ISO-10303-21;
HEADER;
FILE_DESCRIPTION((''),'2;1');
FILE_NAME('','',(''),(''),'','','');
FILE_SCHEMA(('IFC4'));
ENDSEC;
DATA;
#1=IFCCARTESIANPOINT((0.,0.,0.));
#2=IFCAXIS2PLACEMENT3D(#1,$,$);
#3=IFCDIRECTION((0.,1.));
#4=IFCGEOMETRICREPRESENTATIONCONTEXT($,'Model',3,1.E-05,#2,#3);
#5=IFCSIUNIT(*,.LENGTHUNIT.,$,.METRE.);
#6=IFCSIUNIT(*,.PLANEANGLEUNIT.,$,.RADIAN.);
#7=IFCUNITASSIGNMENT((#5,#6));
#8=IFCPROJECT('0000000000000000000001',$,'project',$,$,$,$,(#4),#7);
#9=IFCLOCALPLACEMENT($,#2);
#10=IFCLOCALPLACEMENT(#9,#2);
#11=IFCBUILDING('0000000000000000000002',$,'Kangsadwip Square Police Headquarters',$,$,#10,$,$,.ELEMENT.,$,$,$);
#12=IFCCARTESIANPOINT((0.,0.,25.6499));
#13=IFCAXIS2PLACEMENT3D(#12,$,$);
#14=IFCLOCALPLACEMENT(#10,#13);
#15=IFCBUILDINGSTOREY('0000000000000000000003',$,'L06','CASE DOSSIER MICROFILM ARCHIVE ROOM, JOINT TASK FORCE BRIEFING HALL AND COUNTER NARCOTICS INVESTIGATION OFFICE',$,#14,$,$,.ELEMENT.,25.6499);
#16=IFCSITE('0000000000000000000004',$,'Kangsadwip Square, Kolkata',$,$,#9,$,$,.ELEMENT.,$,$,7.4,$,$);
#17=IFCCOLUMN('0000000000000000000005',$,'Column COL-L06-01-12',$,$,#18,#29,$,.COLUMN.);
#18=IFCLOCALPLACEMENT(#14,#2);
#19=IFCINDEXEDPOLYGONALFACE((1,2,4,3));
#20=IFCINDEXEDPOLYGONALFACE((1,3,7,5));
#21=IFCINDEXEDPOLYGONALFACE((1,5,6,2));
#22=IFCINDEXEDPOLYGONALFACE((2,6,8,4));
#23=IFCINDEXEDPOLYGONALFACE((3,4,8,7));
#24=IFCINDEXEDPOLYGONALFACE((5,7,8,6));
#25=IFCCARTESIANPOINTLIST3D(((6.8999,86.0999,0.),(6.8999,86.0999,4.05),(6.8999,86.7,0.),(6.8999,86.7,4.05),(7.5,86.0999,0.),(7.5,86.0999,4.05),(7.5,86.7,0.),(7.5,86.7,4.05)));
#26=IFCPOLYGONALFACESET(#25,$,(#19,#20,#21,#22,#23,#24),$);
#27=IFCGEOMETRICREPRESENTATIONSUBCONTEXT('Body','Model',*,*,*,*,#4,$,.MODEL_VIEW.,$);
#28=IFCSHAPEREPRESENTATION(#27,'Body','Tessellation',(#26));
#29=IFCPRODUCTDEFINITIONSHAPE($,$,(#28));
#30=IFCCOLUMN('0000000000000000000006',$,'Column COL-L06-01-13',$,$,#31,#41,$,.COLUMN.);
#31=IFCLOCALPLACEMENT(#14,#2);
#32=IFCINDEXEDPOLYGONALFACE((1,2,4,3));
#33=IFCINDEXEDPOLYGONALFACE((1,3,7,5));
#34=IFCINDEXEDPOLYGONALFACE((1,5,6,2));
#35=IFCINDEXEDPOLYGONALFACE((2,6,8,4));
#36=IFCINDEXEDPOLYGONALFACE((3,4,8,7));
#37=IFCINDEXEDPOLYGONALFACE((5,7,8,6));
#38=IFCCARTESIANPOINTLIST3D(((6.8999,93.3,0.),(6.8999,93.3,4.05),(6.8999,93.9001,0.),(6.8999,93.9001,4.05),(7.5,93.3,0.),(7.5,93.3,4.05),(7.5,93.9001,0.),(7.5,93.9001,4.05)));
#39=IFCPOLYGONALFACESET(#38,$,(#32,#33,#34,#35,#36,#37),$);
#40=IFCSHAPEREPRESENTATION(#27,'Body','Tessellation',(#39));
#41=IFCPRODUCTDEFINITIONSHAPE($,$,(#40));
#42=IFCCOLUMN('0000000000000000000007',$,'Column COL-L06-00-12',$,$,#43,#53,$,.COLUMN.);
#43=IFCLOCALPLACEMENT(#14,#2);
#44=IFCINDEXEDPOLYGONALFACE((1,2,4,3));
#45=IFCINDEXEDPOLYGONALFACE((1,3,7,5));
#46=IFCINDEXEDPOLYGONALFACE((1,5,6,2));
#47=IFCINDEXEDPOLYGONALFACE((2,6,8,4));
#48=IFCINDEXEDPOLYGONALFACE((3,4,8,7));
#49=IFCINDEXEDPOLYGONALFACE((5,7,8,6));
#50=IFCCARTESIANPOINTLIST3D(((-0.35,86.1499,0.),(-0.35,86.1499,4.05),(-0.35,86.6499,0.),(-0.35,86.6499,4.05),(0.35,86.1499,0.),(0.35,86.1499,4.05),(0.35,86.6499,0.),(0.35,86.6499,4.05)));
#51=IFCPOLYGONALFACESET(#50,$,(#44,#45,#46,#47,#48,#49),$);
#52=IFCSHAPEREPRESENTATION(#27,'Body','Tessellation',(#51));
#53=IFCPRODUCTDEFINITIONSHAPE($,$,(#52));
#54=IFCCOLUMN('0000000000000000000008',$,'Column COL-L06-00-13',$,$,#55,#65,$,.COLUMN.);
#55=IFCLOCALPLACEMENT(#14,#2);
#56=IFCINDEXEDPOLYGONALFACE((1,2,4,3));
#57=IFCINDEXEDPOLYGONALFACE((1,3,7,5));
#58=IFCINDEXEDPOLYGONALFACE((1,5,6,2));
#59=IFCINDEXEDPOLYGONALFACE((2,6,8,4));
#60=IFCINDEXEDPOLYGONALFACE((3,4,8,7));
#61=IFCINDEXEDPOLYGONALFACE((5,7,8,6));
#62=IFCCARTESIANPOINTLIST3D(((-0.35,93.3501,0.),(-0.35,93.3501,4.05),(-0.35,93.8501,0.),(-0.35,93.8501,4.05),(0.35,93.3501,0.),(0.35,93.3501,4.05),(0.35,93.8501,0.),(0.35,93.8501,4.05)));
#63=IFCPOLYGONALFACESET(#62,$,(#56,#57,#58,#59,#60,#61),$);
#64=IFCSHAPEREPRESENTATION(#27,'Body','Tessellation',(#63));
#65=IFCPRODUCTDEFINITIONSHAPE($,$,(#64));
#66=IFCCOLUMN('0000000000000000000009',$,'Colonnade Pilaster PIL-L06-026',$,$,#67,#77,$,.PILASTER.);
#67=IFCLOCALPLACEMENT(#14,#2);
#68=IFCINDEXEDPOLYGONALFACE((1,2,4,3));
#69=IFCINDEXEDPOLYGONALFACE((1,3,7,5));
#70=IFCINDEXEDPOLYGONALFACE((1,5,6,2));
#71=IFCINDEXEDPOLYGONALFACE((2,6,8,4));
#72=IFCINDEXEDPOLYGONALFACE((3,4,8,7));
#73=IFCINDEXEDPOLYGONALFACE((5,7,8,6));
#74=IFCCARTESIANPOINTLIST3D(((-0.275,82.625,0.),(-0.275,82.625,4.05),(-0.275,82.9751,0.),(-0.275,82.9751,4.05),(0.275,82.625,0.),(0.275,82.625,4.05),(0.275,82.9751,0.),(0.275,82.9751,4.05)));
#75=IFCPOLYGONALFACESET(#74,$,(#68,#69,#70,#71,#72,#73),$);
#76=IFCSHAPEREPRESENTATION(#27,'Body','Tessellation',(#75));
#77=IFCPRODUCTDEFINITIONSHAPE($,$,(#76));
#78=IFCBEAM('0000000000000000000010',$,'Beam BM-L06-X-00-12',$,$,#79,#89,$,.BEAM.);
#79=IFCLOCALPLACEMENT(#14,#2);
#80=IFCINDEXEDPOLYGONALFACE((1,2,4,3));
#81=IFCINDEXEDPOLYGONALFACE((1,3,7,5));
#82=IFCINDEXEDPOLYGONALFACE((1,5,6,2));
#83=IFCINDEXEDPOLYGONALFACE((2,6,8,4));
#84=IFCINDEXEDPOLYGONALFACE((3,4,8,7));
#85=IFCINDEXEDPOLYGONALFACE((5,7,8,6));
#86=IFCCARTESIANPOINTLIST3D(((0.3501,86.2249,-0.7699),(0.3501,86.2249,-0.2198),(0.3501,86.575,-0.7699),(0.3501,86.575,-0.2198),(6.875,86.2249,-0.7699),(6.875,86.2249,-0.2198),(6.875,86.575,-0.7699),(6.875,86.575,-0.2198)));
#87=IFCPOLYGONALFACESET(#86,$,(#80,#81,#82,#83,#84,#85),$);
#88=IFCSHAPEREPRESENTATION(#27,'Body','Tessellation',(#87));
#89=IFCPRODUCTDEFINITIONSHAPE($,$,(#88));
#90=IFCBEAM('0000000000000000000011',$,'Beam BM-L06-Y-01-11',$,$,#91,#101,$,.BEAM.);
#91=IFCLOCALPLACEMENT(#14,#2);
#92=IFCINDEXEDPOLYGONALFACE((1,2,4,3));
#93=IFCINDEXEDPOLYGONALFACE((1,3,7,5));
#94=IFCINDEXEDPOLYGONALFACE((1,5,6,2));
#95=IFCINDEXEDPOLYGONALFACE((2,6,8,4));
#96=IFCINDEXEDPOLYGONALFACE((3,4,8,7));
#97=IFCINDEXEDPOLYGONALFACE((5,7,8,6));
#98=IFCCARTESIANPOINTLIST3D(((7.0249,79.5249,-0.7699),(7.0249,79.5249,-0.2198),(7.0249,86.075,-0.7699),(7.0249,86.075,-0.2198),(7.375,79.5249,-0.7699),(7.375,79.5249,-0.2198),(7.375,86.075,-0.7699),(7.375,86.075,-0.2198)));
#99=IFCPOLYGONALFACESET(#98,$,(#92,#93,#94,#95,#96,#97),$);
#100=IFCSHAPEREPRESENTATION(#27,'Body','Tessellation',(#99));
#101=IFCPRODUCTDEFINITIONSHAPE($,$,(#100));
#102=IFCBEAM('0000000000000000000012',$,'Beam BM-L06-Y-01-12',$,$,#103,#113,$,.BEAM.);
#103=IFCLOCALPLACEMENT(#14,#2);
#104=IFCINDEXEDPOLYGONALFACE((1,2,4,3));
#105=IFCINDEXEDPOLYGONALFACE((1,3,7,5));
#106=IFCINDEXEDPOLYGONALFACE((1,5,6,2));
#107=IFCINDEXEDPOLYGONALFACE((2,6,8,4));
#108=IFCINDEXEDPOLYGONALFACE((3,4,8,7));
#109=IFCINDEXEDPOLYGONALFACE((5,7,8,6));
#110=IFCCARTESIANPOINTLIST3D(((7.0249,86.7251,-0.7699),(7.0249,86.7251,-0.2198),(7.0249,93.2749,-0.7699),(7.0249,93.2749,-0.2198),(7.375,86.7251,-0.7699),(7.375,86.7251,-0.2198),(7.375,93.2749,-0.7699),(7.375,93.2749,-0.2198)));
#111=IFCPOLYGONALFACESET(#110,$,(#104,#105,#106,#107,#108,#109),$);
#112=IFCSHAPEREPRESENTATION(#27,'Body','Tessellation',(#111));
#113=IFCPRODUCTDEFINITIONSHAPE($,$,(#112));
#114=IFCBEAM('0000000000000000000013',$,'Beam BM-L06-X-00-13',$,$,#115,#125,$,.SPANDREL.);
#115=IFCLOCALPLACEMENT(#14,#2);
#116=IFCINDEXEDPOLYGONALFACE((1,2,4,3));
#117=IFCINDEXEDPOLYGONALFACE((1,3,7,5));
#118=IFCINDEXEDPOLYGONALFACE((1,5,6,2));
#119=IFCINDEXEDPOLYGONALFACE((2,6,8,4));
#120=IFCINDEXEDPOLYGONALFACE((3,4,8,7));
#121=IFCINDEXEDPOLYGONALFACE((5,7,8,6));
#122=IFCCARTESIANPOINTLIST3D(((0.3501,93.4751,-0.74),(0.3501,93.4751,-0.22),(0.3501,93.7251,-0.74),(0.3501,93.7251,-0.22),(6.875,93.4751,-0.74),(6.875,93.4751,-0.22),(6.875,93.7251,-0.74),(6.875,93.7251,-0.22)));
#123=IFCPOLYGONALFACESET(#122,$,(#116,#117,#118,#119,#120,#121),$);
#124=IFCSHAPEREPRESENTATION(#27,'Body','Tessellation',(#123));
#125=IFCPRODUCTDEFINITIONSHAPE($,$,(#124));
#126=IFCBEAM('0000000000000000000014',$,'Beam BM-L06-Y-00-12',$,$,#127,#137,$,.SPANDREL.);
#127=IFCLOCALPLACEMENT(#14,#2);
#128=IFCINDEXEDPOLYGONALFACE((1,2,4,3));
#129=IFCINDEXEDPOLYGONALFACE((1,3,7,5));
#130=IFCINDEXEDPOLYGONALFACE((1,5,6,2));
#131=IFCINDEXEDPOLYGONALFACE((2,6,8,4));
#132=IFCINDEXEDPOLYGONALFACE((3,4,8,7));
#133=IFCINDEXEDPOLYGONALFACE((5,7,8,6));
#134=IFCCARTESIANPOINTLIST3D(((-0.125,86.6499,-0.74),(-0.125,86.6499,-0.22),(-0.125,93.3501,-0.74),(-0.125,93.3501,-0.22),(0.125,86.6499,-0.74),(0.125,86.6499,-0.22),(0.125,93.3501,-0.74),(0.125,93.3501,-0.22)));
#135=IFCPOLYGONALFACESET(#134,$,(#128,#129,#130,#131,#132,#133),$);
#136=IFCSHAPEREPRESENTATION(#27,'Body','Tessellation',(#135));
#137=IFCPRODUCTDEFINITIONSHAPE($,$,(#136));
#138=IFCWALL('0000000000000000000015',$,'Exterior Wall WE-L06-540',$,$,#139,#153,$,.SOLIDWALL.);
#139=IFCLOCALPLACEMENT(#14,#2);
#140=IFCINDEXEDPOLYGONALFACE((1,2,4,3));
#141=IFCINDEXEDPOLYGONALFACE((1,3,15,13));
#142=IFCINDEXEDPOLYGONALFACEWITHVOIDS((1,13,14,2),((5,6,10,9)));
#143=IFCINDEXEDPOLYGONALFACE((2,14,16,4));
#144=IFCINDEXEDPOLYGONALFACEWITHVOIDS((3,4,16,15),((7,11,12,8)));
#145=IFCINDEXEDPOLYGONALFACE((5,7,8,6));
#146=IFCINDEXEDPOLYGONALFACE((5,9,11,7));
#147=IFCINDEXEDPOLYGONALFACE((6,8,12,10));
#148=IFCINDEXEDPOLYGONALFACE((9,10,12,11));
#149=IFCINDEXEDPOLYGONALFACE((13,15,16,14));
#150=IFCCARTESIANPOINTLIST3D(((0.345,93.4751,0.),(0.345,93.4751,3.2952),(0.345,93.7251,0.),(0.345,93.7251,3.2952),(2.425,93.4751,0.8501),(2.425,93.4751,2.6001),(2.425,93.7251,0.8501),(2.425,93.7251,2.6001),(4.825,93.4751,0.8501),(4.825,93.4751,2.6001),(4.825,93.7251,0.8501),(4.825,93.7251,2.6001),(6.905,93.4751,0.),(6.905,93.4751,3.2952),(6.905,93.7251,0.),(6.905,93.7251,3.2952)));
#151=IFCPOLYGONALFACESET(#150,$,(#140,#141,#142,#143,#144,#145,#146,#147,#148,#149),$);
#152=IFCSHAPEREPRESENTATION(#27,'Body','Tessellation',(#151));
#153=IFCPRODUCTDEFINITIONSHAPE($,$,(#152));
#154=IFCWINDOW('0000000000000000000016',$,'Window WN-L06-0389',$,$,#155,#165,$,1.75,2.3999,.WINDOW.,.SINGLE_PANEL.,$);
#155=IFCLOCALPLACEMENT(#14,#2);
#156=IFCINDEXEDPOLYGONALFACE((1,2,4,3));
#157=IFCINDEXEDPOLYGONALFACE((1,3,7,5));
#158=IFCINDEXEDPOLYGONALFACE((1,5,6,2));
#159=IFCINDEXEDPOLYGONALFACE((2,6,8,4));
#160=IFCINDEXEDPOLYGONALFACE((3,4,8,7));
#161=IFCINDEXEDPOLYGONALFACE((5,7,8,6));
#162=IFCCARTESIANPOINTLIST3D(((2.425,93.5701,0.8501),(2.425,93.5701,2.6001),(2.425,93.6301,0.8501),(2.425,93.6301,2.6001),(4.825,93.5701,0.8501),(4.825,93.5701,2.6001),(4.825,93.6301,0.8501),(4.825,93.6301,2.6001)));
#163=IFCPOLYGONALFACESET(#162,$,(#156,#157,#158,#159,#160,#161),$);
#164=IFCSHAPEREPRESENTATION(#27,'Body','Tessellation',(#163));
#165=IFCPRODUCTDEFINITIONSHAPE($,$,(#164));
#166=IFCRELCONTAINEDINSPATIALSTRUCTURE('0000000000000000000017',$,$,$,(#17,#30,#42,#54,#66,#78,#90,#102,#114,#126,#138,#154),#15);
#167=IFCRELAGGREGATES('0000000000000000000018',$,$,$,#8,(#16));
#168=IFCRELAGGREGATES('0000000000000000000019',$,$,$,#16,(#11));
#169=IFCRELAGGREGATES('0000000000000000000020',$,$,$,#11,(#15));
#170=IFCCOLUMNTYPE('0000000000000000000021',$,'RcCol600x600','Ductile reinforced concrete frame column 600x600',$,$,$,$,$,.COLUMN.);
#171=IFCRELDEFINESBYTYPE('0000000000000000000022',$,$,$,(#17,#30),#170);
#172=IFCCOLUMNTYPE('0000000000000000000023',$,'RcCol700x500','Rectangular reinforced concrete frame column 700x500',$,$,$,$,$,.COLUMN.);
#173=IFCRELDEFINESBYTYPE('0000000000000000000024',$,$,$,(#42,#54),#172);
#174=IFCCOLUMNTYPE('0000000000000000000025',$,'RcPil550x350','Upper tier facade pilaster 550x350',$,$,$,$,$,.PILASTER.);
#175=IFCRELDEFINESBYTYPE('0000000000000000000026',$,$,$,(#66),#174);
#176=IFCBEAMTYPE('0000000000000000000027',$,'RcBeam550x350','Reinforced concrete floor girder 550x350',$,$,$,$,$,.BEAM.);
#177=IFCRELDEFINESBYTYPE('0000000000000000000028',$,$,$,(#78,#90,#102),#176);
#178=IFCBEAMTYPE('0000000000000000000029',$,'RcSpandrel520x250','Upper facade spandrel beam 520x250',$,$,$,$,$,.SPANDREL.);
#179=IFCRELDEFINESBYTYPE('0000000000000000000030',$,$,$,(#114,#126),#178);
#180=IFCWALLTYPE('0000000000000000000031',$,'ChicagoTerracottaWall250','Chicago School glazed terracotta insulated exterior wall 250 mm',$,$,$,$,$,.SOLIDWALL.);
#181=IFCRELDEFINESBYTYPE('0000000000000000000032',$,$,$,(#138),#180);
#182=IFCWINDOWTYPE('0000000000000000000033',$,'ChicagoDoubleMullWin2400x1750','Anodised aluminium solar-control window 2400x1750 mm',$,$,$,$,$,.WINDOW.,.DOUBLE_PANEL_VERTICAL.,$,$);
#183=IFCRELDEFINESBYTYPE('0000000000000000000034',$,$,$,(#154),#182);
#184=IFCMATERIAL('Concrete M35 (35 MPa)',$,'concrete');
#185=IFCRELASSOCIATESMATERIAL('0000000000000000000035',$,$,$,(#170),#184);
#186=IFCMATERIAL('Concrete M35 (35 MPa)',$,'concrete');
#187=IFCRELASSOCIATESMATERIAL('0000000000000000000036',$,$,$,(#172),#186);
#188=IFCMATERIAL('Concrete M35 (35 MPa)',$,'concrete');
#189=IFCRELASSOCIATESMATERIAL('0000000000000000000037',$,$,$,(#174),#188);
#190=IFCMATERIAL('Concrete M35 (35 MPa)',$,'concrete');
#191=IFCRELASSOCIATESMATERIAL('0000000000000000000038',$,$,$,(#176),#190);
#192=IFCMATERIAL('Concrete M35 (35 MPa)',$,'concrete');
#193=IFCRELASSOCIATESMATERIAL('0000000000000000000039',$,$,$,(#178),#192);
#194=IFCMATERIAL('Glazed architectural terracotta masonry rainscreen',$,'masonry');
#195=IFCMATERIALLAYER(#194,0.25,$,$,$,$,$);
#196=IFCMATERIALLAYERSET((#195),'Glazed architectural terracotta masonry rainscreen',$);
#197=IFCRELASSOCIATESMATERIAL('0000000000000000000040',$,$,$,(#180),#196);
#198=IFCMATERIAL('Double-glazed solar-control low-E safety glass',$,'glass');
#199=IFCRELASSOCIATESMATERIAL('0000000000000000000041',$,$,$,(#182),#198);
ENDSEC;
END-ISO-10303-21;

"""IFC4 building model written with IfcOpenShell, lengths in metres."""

from ifc_helpers import new_model, si_unit, direction, frame, frame_2d, origin, origin_2d, place, context, subcontext, project, spatial, rectangle, extrude, material, layer, layer_set, material_profile, profile_set, type_object, element, fill, save


model = new_model("IFC4")

# Units and contexts
model_context = context("Model", 3, precision=1e-05, world=origin(), true_north=direction((0.0, 1.0)))
body_context = subcontext(model_context, "Body", "Model", "MODEL_VIEW")
ifc_project = project(units=[si_unit("LENGTHUNIT", "METRE"), si_unit("PLANEANGLEUNIT", "RADIAN")], contexts=[model_context])

# Site, building, storey
site_placement = place(None, origin())
site = spatial("IfcSite", under=ifc_project, at=site_placement, Name="Kangsadwip Square, Kolkata", CompositionType="ELEMENT", RefElevation=7.4)
building_placement = place(site_placement, origin())
building = spatial("IfcBuilding", under=site, at=building_placement, Name="Kangsadwip Square Police Headquarters", CompositionType="ELEMENT")
storey_placement = place(building_placement, frame((0.0, 0.0, 25.6499)))
storey = spatial("IfcBuildingStorey", under=building, at=storey_placement, Name="L06", Description="CASE DOSSIER MICROFILM ARCHIVE ROOM, JOINT TASK FORCE BRIEFING HALL AND COUNTER NARCOTICS INVESTIGATION OFFICE", CompositionType="ELEMENT", Elevation=25.6499)

# Columns
ifc_material_1 = material(Name="Concrete M35 (35 MPa)", Category="concrete")
ifc_material_profile_1 = material_profile(ifc_material_1, rectangle(XDim=0.6001, YDim=0.6001, at=origin_2d()), Name="RC COL 600X600")
ifc_profile_set_1 = profile_set([ifc_material_profile_1], Name="Concrete M35 (35 MPa)")
column_type_1 = type_object("IfcColumnType", Name="RcCol600x600", Description="Ductile reinforced concrete frame column 600x600", PredefinedType="COLUMN", material=ifc_profile_set_1)
for number, where, z_axis, x_axis, name in (
    (1, (7.2, 86.3999, 0.0), (0.0, 0.0, 1.0), (1.0, 0.0, 0.0), "Column COL-L06-01-12"),
    (2, (7.2, 93.6001, 0.0), (0.0, 0.0, 1.0), (1.0, 0.0, 0.0), "Column COL-L06-01-13"),
):
    element("IfcColumn", number, at=place(storey_placement, frame(where, z_axis=z_axis, x_axis=x_axis)), inside=storey, type_object=column_type_1, Name=name, PredefinedType="COLUMN", context=body_context, shape_type="SweptSolid", body=[
        extrude(rectangle(XDim=0.6001, YDim=0.6001, at=origin_2d()), origin(), (0.0, 0.0, 1.0), 4.05),
    ])
ifc_material_2 = material(Name="Concrete M35 (35 MPa)", Category="concrete")
ifc_material_profile_2 = material_profile(ifc_material_2, rectangle(XDim=0.5, YDim=0.7, at=origin_2d()), Name="RC COL 700X500")
ifc_profile_set_2 = profile_set([ifc_material_profile_2], Name="Concrete M35 (35 MPa)")
column_type_2 = type_object("IfcColumnType", Name="RcCol700x500", Description="Rectangular reinforced concrete frame column 700x500", PredefinedType="COLUMN", material=ifc_profile_set_2)
for number, where, z_axis, x_axis, name in (
    (3, (0.0, 86.3999, 0.0), (0.0, 0.0, 1.0), (0.0, 1.0, 0.0), "Column COL-L06-00-12"),
    (4, (0.0, 93.6001, 0.0), (0.0, 0.0, 1.0), (0.0, 1.0, 0.0), "Column COL-L06-00-13"),
):
    element("IfcColumn", number, at=place(storey_placement, frame(where, z_axis=z_axis, x_axis=x_axis)), inside=storey, type_object=column_type_2, Name=name, PredefinedType="COLUMN", context=body_context, shape_type="SweptSolid", body=[
        extrude(rectangle(XDim=0.5, YDim=0.7, at=origin_2d()), origin(), (0.0, 0.0, 1.0), 4.05),
    ])
ifc_material_3 = material(Name="Concrete M35 (35 MPa)", Category="concrete")
ifc_material_profile_3 = material_profile(ifc_material_3, rectangle(XDim=0.3501, YDim=0.55, at=origin_2d()), Name="RC PIL 550X350")
ifc_profile_set_3 = profile_set([ifc_material_profile_3], Name="Concrete M35 (35 MPa)")
column_type_3 = type_object("IfcColumnType", Name="RcPil550x350", Description="Upper tier facade pilaster 550x350", PredefinedType="PILASTER", material=ifc_profile_set_3)
column_placement = place(storey_placement, frame((0.0, 82.8, 0.0), z_axis=(0.0, 0.0, 1.0), x_axis=(0.0, 1.0, 0.0)))
element("IfcColumn", 5, at=column_placement, inside=storey, type_object=column_type_3, Name="Colonnade Pilaster PIL-L06-026", PredefinedType="PILASTER", context=body_context, shape_type="SweptSolid", body=[
    extrude(rectangle(XDim=0.3501, YDim=0.55, at=origin_2d()), origin(), (0.0, 0.0, 1.0), 4.05),
])

# Beams
ifc_material_4 = material(Name="Concrete M35 (35 MPa)", Category="concrete")
ifc_material_profile_4 = material_profile(ifc_material_4, rectangle(XDim=0.3501, YDim=0.55, at=origin_2d()), Name="RC BM 550X350")
ifc_profile_set_4 = profile_set([ifc_material_profile_4], Name="Concrete M35 (35 MPa)")
beam_type_1 = type_object("IfcBeamType", Name="RcBeam550x350", Description="Reinforced concrete floor girder 550x350", PredefinedType="BEAM", material=ifc_profile_set_4)
beam_1_placement = place(storey_placement, frame((0.3501, 86.3999, -0.4949), z_axis=(1.0, 0.0, 0.0), x_axis=(0.0, 1.0, 0.0)))
element("IfcBeam", 6, at=beam_1_placement, inside=storey, type_object=beam_type_1, Name="Beam BM-L06-X-00-12", PredefinedType="BEAM", context=body_context, shape_type="SweptSolid", body=[
    extrude(rectangle(XDim=0.3501, YDim=0.55, at=origin_2d()), origin(), (0.0, 0.0, 1.0), 6.5249),
])
beam_2_placement = place(storey_placement, frame((7.2, 79.5249, -0.4949), z_axis=(0.0, 1.0, 0.0), x_axis=(-1.0, 0.0, 0.0)))
element("IfcBeam", 7, at=beam_2_placement, inside=storey, type_object=beam_type_1, Name="Beam BM-L06-Y-01-11", PredefinedType="BEAM", context=body_context, shape_type="SweptSolid", body=[
    extrude(rectangle(XDim=0.3501, YDim=0.55, at=origin_2d()), origin(), (0.0, 0.0, 1.0), 6.55),
])
beam_3_placement = place(storey_placement, frame((7.2, 86.7251, -0.4949), z_axis=(0.0, 1.0, 0.0), x_axis=(-1.0, 0.0, 0.0)))
element("IfcBeam", 8, at=beam_3_placement, inside=storey, type_object=beam_type_1, Name="Beam BM-L06-Y-01-12", PredefinedType="BEAM", context=body_context, shape_type="SweptSolid", body=[
    extrude(rectangle(XDim=0.3501, YDim=0.55, at=origin_2d()), origin(), (0.0, 0.0, 1.0), 6.5498),
])
ifc_material_5 = material(Name="Concrete M35 (35 MPa)", Category="concrete")
ifc_material_profile_5 = material_profile(ifc_material_5, rectangle(XDim=0.25, YDim=0.52, at=origin_2d()), Name="RC SPN 520X250")
ifc_profile_set_5 = profile_set([ifc_material_profile_5], Name="Concrete M35 (35 MPa)")
beam_type_2 = type_object("IfcBeamType", Name="RcSpandrel520x250", Description="Upper facade spandrel beam 520x250", PredefinedType="SPANDREL", material=ifc_profile_set_5)
beam_4_placement = place(storey_placement, frame((0.3501, 93.6001, -0.48), z_axis=(1.0, 0.0, 0.0), x_axis=(0.0, 1.0, 0.0)))
element("IfcBeam", 9, at=beam_4_placement, inside=storey, type_object=beam_type_2, Name="Beam BM-L06-X-00-13", PredefinedType="SPANDREL", context=body_context, shape_type="SweptSolid", body=[
    extrude(rectangle(XDim=0.25, YDim=0.52, at=origin_2d()), origin(), (0.0, 0.0, 1.0), 6.5249),
])
beam_5_placement = place(storey_placement, frame((0.0, 86.6499, -0.48), z_axis=(0.0, 1.0, 0.0), x_axis=(-1.0, 0.0, 0.0)))
element("IfcBeam", 10, at=beam_5_placement, inside=storey, type_object=beam_type_2, Name="Beam BM-L06-Y-00-12", PredefinedType="SPANDREL", context=body_context, shape_type="SweptSolid", body=[
    extrude(rectangle(XDim=0.25, YDim=0.52, at=origin_2d()), origin(), (0.0, 0.0, 1.0), 6.7002),
])

# Wall, opening, window
ifc_material_6 = material(Name="Glazed architectural terracotta masonry rainscreen", Category="masonry")
ifc_layer = layer(ifc_material_6, 0.25)
ifc_layer_set = layer_set([ifc_layer], Name="Glazed architectural terracotta masonry rainscreen")
wall_type = type_object("IfcWallType", Name="ChicagoTerracottaWall250", Description="Chicago School glazed terracotta insulated exterior wall 250 mm", PredefinedType="SOLIDWALL", material=ifc_layer_set)
wall_1_placement = place(storey_placement, frame((0.345, 93.6001, 0.0), z_axis=(0.0, 0.0, 1.0), x_axis=(1.0, 0.0, 0.0)))
wall_1 = element("IfcWall", 11, at=wall_1_placement, inside=storey, type_object=wall_type, Name="Exterior Wall WE-L06-540", PredefinedType="SOLIDWALL", context=body_context, shape_type="SweptSolid", body=[
    extrude(rectangle(XDim=6.5601, YDim=0.25, at=frame_2d((3.28, 0.0))), origin(), (0.0, 0.0, 1.0), 3.2952),
])
opening_1_placement = place(wall_1_placement, frame((2.0801, 0.0, 0.8501)))
opening_1 = element("IfcOpeningElement", 12, at=opening_1_placement, cuts=wall_1, PredefinedType="OPENING", context=body_context, shape_type="SweptSolid", body=[
    extrude(rectangle(XDim=2.3999, YDim=1.75, at=frame_2d((1.2, 0.875))), frame((0.0, 0.135, 0.0), z_axis=(0.0, -1.0, 0.0), x_axis=(1.0, 0.0, 0.0)), (0.0, 0.0, 1.0), 0.27),
])
ifc_material_7 = material(Name="Double-glazed solar-control low-E safety glass", Category="glass")
window_type_1 = type_object("IfcWindowType", Name="ChicagoDoubleMullWin2400x1750", Description="Anodised aluminium solar-control window 2400x1750 mm", PartitioningType="DOUBLE_PANEL_VERTICAL", PredefinedType="WINDOW", material=ifc_material_7)
window_1_placement = place(opening_1_placement, origin())
window_1 = element("IfcWindow", 13, at=window_1_placement, inside=storey, type_object=window_type_1, Name="Window WN-L06-0389", OverallHeight=1.75, OverallWidth=2.3999, PartitioningType="SINGLE_PANEL", PredefinedType="WINDOW", context=body_context, shape_type="SweptSolid", body=[
    extrude(rectangle(XDim=2.3999, YDim=1.75, at=frame_2d((1.2, 0.875))), frame((0.0, 0.03, 0.0), z_axis=(0.0, -1.0, 0.0), x_axis=(1.0, 0.0, 0.0)), (0.0, 0.0, 1.0), 0.0601),
])
fill(opening_1, window_1)

save(model, "model.ifc")
